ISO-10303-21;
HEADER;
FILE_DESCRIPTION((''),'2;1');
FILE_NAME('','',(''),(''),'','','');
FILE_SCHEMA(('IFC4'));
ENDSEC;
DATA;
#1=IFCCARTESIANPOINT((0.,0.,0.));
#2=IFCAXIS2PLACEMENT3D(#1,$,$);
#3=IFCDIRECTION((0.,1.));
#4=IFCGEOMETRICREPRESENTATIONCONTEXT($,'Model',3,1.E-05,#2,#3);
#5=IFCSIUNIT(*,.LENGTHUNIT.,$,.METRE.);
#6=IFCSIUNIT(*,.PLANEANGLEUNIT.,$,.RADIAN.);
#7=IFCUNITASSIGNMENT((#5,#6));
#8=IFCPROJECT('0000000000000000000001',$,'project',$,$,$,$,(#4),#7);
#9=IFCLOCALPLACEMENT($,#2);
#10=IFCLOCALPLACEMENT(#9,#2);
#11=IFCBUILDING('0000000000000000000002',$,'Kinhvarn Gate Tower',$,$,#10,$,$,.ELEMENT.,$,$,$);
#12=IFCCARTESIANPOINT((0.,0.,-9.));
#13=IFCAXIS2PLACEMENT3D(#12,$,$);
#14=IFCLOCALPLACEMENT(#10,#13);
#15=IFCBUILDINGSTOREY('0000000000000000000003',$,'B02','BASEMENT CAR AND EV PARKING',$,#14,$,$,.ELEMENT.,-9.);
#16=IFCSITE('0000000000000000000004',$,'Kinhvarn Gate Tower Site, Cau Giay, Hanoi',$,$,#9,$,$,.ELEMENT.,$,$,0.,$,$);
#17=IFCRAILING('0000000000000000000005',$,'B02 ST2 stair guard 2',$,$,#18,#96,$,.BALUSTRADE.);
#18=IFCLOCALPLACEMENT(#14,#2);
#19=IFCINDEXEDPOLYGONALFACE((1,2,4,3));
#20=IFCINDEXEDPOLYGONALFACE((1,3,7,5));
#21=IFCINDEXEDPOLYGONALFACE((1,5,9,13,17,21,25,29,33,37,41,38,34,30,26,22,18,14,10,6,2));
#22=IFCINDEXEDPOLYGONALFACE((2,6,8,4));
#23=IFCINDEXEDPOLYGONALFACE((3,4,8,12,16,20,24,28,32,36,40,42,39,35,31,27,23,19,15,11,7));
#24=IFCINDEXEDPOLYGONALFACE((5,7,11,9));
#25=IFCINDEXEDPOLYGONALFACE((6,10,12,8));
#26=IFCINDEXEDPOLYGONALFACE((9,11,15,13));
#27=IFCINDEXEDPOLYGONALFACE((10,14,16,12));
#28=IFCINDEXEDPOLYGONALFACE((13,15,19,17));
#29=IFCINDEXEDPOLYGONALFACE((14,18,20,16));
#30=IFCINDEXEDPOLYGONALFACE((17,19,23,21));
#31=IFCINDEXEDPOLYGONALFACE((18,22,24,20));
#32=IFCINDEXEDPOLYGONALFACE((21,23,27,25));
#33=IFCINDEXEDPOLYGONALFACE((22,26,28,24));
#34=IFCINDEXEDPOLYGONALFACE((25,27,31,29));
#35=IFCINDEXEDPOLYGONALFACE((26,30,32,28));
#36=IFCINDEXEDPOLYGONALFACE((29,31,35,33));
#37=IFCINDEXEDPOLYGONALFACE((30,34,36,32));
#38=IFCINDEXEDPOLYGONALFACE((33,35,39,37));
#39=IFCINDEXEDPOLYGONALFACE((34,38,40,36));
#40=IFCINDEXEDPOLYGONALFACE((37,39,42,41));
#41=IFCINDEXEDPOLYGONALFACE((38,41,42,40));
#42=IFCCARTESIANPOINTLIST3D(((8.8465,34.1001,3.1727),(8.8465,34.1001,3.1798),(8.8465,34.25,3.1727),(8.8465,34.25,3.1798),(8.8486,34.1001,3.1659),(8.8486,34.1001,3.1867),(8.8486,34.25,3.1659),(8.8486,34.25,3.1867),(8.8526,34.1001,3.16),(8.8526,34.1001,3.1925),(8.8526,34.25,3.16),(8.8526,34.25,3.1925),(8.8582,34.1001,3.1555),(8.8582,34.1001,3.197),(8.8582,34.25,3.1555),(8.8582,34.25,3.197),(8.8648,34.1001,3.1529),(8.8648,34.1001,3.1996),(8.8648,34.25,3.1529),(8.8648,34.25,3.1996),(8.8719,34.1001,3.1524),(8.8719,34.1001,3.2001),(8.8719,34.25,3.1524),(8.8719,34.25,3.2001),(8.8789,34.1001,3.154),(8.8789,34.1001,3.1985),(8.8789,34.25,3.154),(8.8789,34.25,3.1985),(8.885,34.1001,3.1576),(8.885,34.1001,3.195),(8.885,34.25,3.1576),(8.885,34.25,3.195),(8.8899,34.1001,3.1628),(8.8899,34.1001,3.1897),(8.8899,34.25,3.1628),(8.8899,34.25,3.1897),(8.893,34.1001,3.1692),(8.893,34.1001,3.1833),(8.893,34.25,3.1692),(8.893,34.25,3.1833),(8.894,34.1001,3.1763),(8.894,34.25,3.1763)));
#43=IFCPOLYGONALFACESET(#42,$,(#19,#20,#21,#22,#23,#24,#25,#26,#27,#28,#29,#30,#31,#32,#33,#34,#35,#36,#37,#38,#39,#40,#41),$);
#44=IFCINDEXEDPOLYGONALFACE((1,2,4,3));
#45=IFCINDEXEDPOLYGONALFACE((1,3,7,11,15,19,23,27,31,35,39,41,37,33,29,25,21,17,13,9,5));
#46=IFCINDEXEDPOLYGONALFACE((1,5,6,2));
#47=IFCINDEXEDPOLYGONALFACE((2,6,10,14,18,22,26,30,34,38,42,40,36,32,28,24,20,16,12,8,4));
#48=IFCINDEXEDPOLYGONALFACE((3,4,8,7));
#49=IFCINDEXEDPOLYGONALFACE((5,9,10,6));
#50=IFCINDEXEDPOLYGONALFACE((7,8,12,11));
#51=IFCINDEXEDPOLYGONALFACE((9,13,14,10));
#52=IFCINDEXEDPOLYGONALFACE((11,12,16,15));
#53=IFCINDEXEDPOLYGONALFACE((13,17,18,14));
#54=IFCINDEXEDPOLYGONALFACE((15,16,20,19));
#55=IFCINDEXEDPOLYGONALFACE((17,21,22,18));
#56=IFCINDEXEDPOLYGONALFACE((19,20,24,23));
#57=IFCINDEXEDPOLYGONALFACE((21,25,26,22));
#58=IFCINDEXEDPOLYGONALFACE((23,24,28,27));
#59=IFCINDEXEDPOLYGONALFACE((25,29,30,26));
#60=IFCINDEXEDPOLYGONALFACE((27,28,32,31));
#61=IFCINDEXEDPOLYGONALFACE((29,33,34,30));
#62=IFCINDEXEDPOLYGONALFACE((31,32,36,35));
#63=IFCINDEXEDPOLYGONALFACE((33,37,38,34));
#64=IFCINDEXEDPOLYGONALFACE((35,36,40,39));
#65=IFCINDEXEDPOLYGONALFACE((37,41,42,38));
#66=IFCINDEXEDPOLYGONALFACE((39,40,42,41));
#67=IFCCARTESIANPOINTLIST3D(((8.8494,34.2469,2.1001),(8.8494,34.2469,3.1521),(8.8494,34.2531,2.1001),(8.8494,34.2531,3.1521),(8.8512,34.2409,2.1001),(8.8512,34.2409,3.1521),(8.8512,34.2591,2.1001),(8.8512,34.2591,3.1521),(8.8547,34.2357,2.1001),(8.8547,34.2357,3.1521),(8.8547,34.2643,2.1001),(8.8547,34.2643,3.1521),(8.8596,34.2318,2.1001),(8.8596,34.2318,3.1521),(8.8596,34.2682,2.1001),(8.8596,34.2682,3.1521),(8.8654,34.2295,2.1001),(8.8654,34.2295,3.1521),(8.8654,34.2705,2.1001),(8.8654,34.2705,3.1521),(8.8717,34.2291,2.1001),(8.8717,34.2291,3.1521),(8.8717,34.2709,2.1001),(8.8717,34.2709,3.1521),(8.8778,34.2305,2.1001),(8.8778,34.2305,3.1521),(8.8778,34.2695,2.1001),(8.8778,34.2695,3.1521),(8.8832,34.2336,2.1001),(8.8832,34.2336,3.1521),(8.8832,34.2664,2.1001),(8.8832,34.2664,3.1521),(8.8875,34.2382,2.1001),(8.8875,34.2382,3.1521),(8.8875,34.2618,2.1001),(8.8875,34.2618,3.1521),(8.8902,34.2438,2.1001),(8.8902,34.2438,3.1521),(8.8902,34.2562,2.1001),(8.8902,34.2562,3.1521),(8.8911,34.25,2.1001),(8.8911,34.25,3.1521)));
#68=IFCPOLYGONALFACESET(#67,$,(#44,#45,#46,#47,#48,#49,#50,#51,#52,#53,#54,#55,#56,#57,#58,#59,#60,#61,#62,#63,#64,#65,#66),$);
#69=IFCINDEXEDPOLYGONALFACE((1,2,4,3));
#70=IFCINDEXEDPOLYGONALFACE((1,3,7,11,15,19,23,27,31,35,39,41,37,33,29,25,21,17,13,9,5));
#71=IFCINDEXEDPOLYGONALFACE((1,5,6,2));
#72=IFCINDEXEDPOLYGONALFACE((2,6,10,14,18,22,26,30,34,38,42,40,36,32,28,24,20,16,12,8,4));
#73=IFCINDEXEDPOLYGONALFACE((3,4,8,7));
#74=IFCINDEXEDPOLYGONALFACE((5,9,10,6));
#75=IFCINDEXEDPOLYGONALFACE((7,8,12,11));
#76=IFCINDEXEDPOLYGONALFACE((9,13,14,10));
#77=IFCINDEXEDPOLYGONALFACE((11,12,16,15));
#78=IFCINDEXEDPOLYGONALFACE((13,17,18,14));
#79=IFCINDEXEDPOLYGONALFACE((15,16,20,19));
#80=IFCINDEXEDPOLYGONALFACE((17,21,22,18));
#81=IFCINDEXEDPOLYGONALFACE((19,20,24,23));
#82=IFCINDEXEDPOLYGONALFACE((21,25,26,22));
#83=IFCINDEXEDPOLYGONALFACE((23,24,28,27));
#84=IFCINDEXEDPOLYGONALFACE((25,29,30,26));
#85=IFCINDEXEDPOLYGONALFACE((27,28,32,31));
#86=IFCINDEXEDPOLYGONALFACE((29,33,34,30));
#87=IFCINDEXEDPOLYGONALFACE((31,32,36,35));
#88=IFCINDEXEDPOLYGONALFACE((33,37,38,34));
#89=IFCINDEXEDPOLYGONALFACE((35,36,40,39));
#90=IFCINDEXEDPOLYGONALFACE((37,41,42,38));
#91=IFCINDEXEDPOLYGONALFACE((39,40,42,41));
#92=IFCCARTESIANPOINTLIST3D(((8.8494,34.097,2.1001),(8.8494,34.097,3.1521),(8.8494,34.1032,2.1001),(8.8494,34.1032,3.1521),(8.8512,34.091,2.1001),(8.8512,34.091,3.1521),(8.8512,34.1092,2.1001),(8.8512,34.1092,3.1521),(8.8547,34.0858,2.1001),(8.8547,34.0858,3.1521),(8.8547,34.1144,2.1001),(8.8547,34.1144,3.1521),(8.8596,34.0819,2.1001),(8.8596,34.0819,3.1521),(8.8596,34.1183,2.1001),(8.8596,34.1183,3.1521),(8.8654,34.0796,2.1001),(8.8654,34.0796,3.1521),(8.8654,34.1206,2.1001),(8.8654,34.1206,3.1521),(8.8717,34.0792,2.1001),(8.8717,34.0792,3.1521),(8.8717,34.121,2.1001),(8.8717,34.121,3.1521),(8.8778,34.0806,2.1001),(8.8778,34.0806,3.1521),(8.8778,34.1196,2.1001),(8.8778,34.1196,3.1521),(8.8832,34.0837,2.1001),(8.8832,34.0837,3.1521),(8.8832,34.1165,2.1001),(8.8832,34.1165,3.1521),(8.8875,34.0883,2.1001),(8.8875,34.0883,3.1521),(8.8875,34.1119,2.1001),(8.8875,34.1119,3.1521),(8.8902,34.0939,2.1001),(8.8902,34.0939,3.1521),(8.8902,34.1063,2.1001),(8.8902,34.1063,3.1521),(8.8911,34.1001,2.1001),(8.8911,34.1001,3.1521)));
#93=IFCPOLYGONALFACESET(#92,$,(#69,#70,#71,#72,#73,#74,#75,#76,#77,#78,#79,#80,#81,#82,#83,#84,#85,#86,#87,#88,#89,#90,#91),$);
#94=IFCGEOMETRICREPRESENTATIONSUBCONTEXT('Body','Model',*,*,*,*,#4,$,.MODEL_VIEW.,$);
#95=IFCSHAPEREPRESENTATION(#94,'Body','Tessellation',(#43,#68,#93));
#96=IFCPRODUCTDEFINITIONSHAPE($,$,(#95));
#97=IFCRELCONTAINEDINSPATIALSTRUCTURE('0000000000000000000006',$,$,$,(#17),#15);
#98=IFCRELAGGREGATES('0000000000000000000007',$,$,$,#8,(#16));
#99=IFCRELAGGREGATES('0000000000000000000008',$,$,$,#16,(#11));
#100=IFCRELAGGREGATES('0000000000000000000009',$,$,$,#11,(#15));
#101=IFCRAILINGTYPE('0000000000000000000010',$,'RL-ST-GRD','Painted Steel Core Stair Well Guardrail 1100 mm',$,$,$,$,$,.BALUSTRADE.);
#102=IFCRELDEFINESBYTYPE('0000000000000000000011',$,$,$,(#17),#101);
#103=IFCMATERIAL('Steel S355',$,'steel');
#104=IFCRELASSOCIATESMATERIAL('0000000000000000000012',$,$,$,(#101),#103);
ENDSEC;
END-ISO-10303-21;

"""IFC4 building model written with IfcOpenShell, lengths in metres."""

from ifc_helpers import new_model, si_unit, direction, frame, origin, origin_2d, place, context, subcontext, project, spatial, circle, extrude, material, type_object, element, save


model = new_model("IFC4")

# Units and contexts
model_context = context("Model", 3, precision=1e-05, world=origin(), true_north=direction((0.0, 1.0)))
body_context = subcontext(model_context, "Body", "Model", "MODEL_VIEW")
ifc_project = project(units=[si_unit("LENGTHUNIT", "METRE"), si_unit("PLANEANGLEUNIT", "RADIAN")], contexts=[model_context])

# Site, building, storey
site_placement = place(None, origin())
site = spatial("IfcSite", under=ifc_project, at=site_placement, Name="Kinhvarn Gate Tower Site, Cau Giay, Hanoi", CompositionType="ELEMENT", RefElevation=0.0)
building_placement = place(site_placement, origin())
building = spatial("IfcBuilding", under=site, at=building_placement, Name="Kinhvarn Gate Tower", CompositionType="ELEMENT")
storey_placement = place(building_placement, frame((0.0, 0.0, -9.0)))
storey = spatial("IfcBuildingStorey", under=building, at=storey_placement, Name="B02", Description="BASEMENT CAR AND EV PARKING", CompositionType="ELEMENT", Elevation=-9.0)

# Shared definitions
ifc_material_1 = material(Name="Steel S355", Category="steel")

# Railing
railing_type_1 = type_object("IfcRailingType", Name="RL-ST-GRD", Description="Painted Steel Core Stair Well Guardrail 1100 mm", PredefinedType="BALUSTRADE", material=ifc_material_1)
railing_1_placement = place(storey_placement, frame((8.8701, 34.25, 2.1001)))
element("IfcRailing", 1, at=railing_1_placement, inside=storey, type_object=railing_type_1, Name="B02 ST2 stair guard 2", PredefinedType="BALUSTRADE", context=body_context, shape_type="SweptSolid", body=[
    extrude(circle(Radius=0.0239, at=origin_2d()), frame((0.0, 0.0, 1.0762), z_axis=(0.0, -1.0, 0.0), x_axis=(1.0, 0.0, 0.0)), (0.0, 0.0, 1.0), 0.1499),
    extrude(circle(Radius=0.021, at=origin_2d()), origin(), (0.0, 0.0, 1.0), 1.052),
    extrude(circle(Radius=0.021, at=origin_2d()), frame((0.0, -0.1499, 0.0)), (0.0, 0.0, 1.0), 1.052),
])

save(model, "model.ifc")
